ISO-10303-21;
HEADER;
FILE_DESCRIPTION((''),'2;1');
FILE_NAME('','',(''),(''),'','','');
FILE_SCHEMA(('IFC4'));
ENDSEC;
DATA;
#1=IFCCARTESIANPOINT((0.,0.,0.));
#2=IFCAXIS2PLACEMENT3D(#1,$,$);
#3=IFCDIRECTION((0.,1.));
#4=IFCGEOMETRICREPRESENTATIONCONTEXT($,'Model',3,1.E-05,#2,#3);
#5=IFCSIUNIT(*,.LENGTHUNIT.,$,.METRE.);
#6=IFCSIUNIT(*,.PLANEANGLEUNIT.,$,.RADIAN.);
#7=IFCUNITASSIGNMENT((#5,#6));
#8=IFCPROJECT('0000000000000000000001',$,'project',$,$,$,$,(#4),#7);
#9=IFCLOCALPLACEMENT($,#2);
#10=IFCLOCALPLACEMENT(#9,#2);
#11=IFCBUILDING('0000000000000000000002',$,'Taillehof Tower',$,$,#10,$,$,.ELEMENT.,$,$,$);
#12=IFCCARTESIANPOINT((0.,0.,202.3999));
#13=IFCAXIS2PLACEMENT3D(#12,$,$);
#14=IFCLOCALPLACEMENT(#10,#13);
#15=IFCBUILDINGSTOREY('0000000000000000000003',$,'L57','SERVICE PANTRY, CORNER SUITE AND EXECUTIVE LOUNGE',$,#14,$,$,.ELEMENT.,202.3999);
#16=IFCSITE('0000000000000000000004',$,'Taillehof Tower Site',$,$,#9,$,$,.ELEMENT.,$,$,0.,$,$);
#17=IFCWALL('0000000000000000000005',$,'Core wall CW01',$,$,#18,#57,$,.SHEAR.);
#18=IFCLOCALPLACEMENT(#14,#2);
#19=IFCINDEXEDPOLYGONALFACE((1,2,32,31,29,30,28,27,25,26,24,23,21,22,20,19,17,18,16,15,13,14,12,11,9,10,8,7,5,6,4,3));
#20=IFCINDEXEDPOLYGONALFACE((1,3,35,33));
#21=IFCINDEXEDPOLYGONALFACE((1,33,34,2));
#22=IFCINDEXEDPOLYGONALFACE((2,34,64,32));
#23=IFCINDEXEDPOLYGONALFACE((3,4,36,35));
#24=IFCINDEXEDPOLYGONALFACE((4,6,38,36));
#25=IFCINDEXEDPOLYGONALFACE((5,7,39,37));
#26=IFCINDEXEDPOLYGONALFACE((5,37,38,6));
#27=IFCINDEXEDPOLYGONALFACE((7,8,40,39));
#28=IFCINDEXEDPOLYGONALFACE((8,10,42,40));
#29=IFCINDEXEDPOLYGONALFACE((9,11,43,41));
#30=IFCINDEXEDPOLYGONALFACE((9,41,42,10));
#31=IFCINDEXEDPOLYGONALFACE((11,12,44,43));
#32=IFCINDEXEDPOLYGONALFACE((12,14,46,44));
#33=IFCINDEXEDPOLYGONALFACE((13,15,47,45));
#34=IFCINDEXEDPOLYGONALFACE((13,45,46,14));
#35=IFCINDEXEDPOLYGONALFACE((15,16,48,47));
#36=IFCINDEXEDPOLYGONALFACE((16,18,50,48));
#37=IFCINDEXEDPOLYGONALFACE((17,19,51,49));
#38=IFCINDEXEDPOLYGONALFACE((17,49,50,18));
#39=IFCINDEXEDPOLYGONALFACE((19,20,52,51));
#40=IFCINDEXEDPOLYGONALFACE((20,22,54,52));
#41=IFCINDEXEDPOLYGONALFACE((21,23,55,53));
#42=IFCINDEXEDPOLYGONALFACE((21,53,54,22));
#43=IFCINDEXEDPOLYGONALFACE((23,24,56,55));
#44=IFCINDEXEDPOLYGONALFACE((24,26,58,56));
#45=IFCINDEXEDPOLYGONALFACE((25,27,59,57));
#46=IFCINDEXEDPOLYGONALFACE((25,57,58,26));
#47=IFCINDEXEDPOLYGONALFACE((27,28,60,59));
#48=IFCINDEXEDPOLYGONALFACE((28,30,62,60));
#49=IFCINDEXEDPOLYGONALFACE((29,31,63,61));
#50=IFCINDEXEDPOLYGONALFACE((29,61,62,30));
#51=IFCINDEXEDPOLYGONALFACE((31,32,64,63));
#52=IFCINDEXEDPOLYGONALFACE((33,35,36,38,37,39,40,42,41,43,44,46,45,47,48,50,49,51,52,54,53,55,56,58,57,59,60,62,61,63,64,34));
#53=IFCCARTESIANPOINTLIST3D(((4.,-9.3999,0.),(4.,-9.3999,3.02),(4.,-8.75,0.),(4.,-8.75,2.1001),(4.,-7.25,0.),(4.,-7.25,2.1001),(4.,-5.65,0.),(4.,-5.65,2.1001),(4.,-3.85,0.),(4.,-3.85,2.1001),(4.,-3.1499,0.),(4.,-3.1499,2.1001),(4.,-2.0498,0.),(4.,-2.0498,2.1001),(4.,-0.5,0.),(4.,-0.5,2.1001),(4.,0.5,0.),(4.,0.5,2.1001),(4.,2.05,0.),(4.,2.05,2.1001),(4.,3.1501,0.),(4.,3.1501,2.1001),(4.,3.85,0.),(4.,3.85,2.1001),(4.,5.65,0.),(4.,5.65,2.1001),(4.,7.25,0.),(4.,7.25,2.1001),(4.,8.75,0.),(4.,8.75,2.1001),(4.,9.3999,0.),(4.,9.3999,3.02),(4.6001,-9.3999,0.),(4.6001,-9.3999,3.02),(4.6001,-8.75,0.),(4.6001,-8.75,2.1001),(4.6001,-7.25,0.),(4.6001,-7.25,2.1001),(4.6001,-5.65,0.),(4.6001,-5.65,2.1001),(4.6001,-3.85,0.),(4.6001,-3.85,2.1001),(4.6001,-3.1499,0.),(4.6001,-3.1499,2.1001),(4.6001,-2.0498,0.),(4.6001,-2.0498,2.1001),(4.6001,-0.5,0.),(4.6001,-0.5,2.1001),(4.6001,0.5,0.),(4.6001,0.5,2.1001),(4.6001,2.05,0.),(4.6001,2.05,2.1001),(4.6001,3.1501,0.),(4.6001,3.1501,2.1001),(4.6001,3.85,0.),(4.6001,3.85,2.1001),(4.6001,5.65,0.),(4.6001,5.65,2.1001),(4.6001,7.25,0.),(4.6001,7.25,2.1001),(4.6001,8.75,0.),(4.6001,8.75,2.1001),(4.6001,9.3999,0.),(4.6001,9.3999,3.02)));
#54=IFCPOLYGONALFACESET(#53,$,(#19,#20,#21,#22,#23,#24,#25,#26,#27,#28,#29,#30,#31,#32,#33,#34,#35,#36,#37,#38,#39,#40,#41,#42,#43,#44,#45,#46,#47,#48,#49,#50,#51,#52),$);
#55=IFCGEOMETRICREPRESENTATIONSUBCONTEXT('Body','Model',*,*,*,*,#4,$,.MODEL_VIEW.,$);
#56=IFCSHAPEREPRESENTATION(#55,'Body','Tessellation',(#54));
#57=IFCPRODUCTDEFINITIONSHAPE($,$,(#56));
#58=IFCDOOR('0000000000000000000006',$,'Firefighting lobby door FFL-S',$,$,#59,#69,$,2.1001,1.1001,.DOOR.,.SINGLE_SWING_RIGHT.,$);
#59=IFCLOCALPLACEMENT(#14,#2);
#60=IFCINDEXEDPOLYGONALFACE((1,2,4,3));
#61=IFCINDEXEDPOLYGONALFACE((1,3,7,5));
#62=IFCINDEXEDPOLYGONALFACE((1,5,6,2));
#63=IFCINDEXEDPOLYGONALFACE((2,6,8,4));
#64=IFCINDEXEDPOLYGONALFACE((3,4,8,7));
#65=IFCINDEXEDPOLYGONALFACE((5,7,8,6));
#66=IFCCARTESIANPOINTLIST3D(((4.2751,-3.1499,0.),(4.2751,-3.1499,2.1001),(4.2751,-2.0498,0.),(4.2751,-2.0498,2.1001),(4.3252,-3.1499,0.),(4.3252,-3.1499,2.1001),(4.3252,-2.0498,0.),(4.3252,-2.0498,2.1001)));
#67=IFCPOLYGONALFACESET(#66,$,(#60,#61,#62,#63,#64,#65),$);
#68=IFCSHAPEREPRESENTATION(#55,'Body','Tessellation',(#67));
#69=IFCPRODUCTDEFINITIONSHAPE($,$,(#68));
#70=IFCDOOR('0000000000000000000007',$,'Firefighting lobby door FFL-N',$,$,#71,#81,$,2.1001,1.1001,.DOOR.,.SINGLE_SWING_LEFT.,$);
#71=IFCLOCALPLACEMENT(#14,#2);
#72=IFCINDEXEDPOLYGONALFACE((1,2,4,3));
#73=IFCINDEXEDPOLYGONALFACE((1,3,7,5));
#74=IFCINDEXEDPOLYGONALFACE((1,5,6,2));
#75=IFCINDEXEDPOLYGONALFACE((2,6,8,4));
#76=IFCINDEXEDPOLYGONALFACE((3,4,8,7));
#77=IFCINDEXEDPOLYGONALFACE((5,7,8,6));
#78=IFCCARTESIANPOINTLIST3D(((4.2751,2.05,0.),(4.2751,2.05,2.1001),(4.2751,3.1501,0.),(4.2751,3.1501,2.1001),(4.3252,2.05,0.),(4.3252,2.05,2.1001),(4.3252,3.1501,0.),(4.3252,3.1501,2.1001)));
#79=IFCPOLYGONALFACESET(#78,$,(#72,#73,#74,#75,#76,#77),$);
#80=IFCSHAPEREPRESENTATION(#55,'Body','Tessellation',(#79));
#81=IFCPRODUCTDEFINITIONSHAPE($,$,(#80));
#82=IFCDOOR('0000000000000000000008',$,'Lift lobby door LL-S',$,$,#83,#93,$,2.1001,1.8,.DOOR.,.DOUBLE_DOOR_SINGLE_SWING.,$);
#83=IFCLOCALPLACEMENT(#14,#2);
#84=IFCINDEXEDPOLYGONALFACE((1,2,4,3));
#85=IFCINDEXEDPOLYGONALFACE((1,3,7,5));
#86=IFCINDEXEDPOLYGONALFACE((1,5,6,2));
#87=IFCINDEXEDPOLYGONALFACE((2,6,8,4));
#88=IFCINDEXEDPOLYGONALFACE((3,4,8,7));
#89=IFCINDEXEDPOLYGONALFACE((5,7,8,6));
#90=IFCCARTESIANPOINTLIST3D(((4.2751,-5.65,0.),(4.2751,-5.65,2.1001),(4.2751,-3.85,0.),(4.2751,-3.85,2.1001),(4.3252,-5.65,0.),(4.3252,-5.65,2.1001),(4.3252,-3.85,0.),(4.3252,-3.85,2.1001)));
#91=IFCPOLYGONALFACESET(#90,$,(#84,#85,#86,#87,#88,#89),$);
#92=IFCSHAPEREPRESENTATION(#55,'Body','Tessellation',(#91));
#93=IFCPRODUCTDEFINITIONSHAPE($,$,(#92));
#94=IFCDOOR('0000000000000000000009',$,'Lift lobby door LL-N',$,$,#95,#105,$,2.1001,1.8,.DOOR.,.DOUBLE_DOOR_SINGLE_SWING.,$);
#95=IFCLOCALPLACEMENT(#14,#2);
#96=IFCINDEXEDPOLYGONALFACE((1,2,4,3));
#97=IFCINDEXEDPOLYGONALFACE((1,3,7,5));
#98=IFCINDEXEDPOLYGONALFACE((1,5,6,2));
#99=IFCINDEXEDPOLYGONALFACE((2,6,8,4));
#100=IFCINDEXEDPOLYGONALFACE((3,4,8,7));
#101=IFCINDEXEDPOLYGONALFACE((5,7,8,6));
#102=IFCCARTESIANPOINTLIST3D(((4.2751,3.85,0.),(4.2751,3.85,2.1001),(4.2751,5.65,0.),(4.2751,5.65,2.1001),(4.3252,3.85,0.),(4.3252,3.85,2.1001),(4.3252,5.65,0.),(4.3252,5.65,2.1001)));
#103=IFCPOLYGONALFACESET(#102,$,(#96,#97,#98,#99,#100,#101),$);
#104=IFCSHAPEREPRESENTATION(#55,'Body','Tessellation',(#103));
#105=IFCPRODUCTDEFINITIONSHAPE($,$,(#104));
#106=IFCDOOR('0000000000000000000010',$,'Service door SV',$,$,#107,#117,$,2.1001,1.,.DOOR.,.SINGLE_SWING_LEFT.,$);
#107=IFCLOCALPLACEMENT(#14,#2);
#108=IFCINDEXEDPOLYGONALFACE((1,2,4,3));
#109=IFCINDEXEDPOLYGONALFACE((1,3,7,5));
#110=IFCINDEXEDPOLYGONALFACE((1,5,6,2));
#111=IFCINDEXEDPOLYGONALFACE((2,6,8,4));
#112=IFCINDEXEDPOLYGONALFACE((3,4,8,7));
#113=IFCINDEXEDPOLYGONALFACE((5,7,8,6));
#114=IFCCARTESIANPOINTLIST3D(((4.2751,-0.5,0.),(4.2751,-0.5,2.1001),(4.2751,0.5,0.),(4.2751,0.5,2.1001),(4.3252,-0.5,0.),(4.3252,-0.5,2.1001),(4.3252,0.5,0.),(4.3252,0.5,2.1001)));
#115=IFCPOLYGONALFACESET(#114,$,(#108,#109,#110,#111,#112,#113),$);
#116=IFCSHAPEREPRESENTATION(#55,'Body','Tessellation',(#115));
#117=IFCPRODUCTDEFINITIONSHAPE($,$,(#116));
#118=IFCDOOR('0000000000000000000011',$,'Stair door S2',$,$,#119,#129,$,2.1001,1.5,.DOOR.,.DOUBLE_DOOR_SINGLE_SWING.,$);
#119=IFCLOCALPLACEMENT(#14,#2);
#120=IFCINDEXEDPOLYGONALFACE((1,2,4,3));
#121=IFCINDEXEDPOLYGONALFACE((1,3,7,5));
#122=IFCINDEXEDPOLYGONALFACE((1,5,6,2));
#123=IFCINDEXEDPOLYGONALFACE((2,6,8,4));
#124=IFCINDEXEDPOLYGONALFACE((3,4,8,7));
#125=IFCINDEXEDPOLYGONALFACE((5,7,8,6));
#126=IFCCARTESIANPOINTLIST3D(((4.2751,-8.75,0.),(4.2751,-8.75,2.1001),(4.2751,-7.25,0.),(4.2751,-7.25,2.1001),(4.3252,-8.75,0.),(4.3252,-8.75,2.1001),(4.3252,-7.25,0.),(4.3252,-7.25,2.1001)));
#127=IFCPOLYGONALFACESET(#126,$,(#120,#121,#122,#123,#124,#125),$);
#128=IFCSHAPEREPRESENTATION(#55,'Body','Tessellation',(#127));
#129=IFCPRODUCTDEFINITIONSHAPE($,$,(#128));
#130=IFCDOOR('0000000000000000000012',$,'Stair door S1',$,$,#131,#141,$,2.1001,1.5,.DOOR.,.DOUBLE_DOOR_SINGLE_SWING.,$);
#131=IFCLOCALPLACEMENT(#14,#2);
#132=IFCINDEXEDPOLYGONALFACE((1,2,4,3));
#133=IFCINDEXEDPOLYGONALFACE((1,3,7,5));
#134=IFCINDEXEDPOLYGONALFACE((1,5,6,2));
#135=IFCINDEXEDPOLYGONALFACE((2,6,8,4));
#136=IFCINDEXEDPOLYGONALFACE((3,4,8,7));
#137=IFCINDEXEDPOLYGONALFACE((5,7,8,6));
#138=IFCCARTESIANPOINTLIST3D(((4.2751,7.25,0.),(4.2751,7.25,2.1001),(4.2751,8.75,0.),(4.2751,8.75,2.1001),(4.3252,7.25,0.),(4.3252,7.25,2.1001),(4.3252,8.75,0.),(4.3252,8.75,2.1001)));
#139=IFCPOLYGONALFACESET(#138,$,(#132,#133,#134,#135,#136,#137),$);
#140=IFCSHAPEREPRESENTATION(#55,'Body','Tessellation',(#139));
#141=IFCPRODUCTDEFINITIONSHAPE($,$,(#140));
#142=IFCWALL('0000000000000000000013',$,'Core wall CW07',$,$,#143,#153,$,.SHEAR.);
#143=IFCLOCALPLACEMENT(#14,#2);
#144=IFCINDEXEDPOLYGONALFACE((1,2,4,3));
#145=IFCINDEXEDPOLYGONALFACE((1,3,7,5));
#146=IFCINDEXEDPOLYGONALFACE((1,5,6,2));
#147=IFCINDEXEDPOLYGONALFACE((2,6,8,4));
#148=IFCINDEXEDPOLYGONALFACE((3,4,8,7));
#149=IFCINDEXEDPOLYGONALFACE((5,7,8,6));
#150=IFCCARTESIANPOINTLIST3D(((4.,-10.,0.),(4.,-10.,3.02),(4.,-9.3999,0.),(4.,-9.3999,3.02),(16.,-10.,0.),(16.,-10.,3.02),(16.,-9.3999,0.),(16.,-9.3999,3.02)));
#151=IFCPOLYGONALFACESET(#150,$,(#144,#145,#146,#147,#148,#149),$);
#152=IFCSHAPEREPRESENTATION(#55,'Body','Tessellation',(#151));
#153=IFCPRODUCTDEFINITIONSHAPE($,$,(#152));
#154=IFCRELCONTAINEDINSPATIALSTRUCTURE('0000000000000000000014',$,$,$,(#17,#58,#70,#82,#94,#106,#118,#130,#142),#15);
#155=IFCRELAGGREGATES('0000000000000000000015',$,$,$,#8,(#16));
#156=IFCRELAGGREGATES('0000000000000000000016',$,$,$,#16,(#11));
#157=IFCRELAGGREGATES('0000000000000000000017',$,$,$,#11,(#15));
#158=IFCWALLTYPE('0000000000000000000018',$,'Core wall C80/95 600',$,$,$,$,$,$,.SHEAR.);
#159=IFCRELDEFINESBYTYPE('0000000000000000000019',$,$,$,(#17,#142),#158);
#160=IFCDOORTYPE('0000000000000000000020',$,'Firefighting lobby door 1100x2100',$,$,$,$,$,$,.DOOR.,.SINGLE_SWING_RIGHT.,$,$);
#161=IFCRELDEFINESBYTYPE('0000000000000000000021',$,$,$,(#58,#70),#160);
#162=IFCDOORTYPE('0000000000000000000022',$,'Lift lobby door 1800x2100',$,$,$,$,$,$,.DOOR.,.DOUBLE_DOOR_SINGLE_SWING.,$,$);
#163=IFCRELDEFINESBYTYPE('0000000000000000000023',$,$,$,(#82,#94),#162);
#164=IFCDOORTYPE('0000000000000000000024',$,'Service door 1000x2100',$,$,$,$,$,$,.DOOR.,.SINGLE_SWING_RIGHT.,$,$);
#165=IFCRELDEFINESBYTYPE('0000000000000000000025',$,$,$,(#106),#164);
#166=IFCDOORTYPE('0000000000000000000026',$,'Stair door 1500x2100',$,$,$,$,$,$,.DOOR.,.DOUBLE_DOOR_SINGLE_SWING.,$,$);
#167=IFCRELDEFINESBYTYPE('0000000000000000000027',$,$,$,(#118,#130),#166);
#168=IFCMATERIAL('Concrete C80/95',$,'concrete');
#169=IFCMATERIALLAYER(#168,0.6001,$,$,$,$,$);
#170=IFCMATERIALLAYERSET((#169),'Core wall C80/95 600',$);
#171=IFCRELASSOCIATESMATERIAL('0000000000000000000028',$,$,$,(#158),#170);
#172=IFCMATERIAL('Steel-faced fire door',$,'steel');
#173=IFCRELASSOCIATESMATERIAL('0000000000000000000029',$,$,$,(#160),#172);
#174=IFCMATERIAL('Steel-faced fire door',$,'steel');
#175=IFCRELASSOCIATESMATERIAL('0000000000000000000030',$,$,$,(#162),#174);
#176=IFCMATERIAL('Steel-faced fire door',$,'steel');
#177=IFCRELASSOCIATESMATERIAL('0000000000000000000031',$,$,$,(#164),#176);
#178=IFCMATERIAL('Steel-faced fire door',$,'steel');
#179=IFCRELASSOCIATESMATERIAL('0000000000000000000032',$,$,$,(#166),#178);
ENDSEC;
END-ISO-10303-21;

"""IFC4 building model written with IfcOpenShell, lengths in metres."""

from ifc_helpers import new_model, si_unit, direction, frame, frame_2d, origin, place, context, subcontext, project, spatial, rectangle, extrude, material, layer, layer_set, type_object, element, fill, save


model = new_model("IFC4")

# Units and contexts
model_context = context("Model", 3, precision=1e-05, world=origin(), true_north=direction((0.0, 1.0)))
body_context = subcontext(model_context, "Body", "Model", "MODEL_VIEW")
ifc_project = project(units=[si_unit("LENGTHUNIT", "METRE"), si_unit("PLANEANGLEUNIT", "RADIAN")], contexts=[model_context])

# Site, building, storey
site_placement = place(None, origin())
site = spatial("IfcSite", under=ifc_project, at=site_placement, Name="Taillehof Tower Site", CompositionType="ELEMENT", RefElevation=0.0)
building_placement = place(site_placement, origin())
building = spatial("IfcBuilding", under=site, at=building_placement, Name="Taillehof Tower", CompositionType="ELEMENT")
storey_placement = place(building_placement, frame((0.0, 0.0, 202.3999)))
storey = spatial("IfcBuildingStorey", under=building, at=storey_placement, Name="L57", Description="SERVICE PANTRY, CORNER SUITE AND EXECUTIVE LOUNGE", CompositionType="ELEMENT", Elevation=202.3999)

# Wall, openings, doors
ifc_material_1 = material(Name="Concrete C80/95", Category="concrete")
ifc_layer_1 = layer(ifc_material_1, 0.6001)
ifc_layer_set_1 = layer_set([ifc_layer_1], Name="Core wall C80/95 600")
wall_type_1 = type_object("IfcWallType", Name="Core wall C80/95 600", PredefinedType="SHEAR", material=ifc_layer_set_1)
wall_1_placement = place(storey_placement, frame((4.3, -9.3999, 0.0), z_axis=(0.0, 0.0, 1.0), x_axis=(0.0, 1.0, 0.0)))
wall_1 = element("IfcWall", 1, at=wall_1_placement, inside=storey, type_object=wall_type_1, Name="Core wall CW01", PredefinedType="SHEAR", context=body_context, shape_type="SweptSolid", body=[
    extrude(rectangle(XDim=18.7998, YDim=0.6001, at=frame_2d((9.3999, 0.0))), origin(), (0.0, 0.0, 1.0), 3.02),
])
opening_1_placement = place(wall_1_placement, frame((0.6499, 0.0, 0.0)))
opening_1 = element("IfcOpeningElement", 2, at=opening_1_placement, cuts=wall_1, PredefinedType="OPENING", context=body_context, shape_type="SweptSolid", body=[
    extrude(rectangle(XDim=1.5, YDim=2.1001, at=frame_2d((0.75, 1.05))), frame((0.0, 0.3101, 0.0), z_axis=(0.0, -1.0, 0.0), x_axis=(1.0, 0.0, 0.0)), (0.0, 0.0, 1.0), 0.6201),
])
opening_2_placement = place(wall_1_placement, frame((3.75, 0.0, 0.0)))
opening_2 = element("IfcOpeningElement", 3, at=opening_2_placement, cuts=wall_1, PredefinedType="OPENING", context=body_context, shape_type="SweptSolid", body=[
    extrude(rectangle(XDim=1.8, YDim=2.1001, at=frame_2d((0.8999, 1.05))), frame((0.0, 0.3101, 0.0), z_axis=(0.0, -1.0, 0.0), x_axis=(1.0, 0.0, 0.0)), (0.0, 0.0, 1.0), 0.6201),
])
opening_3_placement = place(wall_1_placement, frame((6.25, 0.0, 0.0)))
opening_3 = element("IfcOpeningElement", 4, at=opening_3_placement, cuts=wall_1, PredefinedType="OPENING", context=body_context, shape_type="SweptSolid", body=[
    extrude(rectangle(XDim=1.1001, YDim=2.1001, at=frame_2d((0.55, 1.05))), frame((0.0, 0.3101, 0.0), z_axis=(0.0, -1.0, 0.0), x_axis=(1.0, 0.0, 0.0)), (0.0, 0.0, 1.0), 0.6201),
])
opening_4_placement = place(wall_1_placement, frame((8.8999, 0.0, 0.0)))
opening_4 = element("IfcOpeningElement", 5, at=opening_4_placement, cuts=wall_1, PredefinedType="OPENING", context=body_context, shape_type="SweptSolid", body=[
    extrude(rectangle(XDim=1.0, YDim=2.1001, at=frame_2d((0.5, 1.05))), frame((0.0, 0.3101, 0.0), z_axis=(0.0, -1.0, 0.0), x_axis=(1.0, 0.0, 0.0)), (0.0, 0.0, 1.0), 0.6201),
])
opening_5_placement = place(wall_1_placement, frame((11.45, 0.0, 0.0)))
opening_5 = element("IfcOpeningElement", 6, at=opening_5_placement, cuts=wall_1, PredefinedType="OPENING", context=body_context, shape_type="SweptSolid", body=[
    extrude(rectangle(XDim=1.1001, YDim=2.1001, at=frame_2d((0.55, 1.05))), frame((0.0, 0.3101, 0.0), z_axis=(0.0, -1.0, 0.0), x_axis=(1.0, 0.0, 0.0)), (0.0, 0.0, 1.0), 0.6201),
])
opening_6_placement = place(wall_1_placement, frame((13.25, 0.0, 0.0)))
opening_6 = element("IfcOpeningElement", 7, at=opening_6_placement, cuts=wall_1, PredefinedType="OPENING", context=body_context, shape_type="SweptSolid", body=[
    extrude(rectangle(XDim=1.8, YDim=2.1001, at=frame_2d((0.8999, 1.05))), frame((0.0, 0.3101, 0.0), z_axis=(0.0, -1.0, 0.0), x_axis=(1.0, 0.0, 0.0)), (0.0, 0.0, 1.0), 0.6201),
])
opening_7_placement = place(wall_1_placement, frame((16.6499, 0.0, 0.0)))
opening_7 = element("IfcOpeningElement", 8, at=opening_7_placement, cuts=wall_1, PredefinedType="OPENING", context=body_context, shape_type="SweptSolid", body=[
    extrude(rectangle(XDim=1.5, YDim=2.1001, at=frame_2d((0.75, 1.05))), frame((0.0, 0.3101, 0.0), z_axis=(0.0, -1.0, 0.0), x_axis=(1.0, 0.0, 0.0)), (0.0, 0.0, 1.0), 0.6201),
])
ifc_material_2 = material(Name="Steel-faced fire door", Category="steel")
door_type_1 = type_object("IfcDoorType", Name="Firefighting lobby door 1100x2100", OperationType="SINGLE_SWING_RIGHT", PredefinedType="DOOR", material=ifc_material_2)
door_1_placement = place(opening_3_placement, origin())
door_1 = element("IfcDoor", 9, at=door_1_placement, inside=storey, type_object=door_type_1, Name="Firefighting lobby door FFL-S", OperationType="SINGLE_SWING_RIGHT", OverallHeight=2.1001, OverallWidth=1.1001, PredefinedType="DOOR", context=body_context, shape_type="SweptSolid", body=[
    extrude(rectangle(XDim=1.1001, YDim=2.1001, at=frame_2d((0.55, 1.05))), frame((0.0, 0.0249, 0.0), z_axis=(0.0, -1.0, 0.0), x_axis=(1.0, 0.0, 0.0)), (0.0, 0.0, 1.0), 0.05),
])
fill(opening_3, door_1)
door_2_placement = place(opening_5_placement, origin())
door_2 = element("IfcDoor", 10, at=door_2_placement, inside=storey, type_object=door_type_1, Name="Firefighting lobby door FFL-N", OperationType="SINGLE_SWING_LEFT", OverallHeight=2.1001, OverallWidth=1.1001, PredefinedType="DOOR", context=body_context, shape_type="SweptSolid", body=[
    extrude(rectangle(XDim=1.1001, YDim=2.1001, at=frame_2d((0.55, 1.05))), frame((0.0, 0.0249, 0.0), z_axis=(0.0, -1.0, 0.0), x_axis=(1.0, 0.0, 0.0)), (0.0, 0.0, 1.0), 0.05),
])
fill(opening_5, door_2)
ifc_material_3 = material(Name="Steel-faced fire door", Category="steel")
door_type_2 = type_object("IfcDoorType", Name="Lift lobby door 1800x2100", OperationType="DOUBLE_DOOR_SINGLE_SWING", PredefinedType="DOOR", material=ifc_material_3)
door_3_placement = place(opening_2_placement, origin())
door_3 = element("IfcDoor", 11, at=door_3_placement, inside=storey, type_object=door_type_2, Name="Lift lobby door LL-S", OperationType="DOUBLE_DOOR_SINGLE_SWING", OverallHeight=2.1001, OverallWidth=1.8, PredefinedType="DOOR", context=body_context, shape_type="SweptSolid", body=[
    extrude(rectangle(XDim=1.8, YDim=2.1001, at=frame_2d((0.8999, 1.05))), frame((0.0, 0.0249, 0.0), z_axis=(0.0, -1.0, 0.0), x_axis=(1.0, 0.0, 0.0)), (0.0, 0.0, 1.0), 0.05),
])
fill(opening_2, door_3)
door_4_placement = place(opening_6_placement, origin())
door_4 = element("IfcDoor", 12, at=door_4_placement, inside=storey, type_object=door_type_2, Name="Lift lobby door LL-N", OperationType="DOUBLE_DOOR_SINGLE_SWING", OverallHeight=2.1001, OverallWidth=1.8, PredefinedType="DOOR", context=body_context, shape_type="SweptSolid", body=[
    extrude(rectangle(XDim=1.8, YDim=2.1001, at=frame_2d((0.8999, 1.05))), frame((0.0, 0.0249, 0.0), z_axis=(0.0, -1.0, 0.0), x_axis=(1.0, 0.0, 0.0)), (0.0, 0.0, 1.0), 0.05),
])
fill(opening_6, door_4)
ifc_material_4 = material(Name="Steel-faced fire door", Category="steel")
door_type_3 = type_object("IfcDoorType", Name="Service door 1000x2100", OperationType="SINGLE_SWING_RIGHT", PredefinedType="DOOR", material=ifc_material_4)
door_5_placement = place(opening_4_placement, origin())
door_5 = element("IfcDoor", 13, at=door_5_placement, inside=storey, type_object=door_type_3, Name="Service door SV", OperationType="SINGLE_SWING_LEFT", OverallHeight=2.1001, OverallWidth=1.0, PredefinedType="DOOR", context=body_context, shape_type="SweptSolid", body=[
    extrude(rectangle(XDim=1.0, YDim=2.1001, at=frame_2d((0.5, 1.05))), frame((0.0, 0.0249, 0.0), z_axis=(0.0, -1.0, 0.0), x_axis=(1.0, 0.0, 0.0)), (0.0, 0.0, 1.0), 0.05),
])
fill(opening_4, door_5)
ifc_material_5 = material(Name="Steel-faced fire door", Category="steel")
door_type_4 = type_object("IfcDoorType", Name="Stair door 1500x2100", OperationType="DOUBLE_DOOR_SINGLE_SWING", PredefinedType="DOOR", material=ifc_material_5)
door_6_placement = place(opening_1_placement, origin())
door_6 = element("IfcDoor", 14, at=door_6_placement, inside=storey, type_object=door_type_4, Name="Stair door S2", OperationType="DOUBLE_DOOR_SINGLE_SWING", OverallHeight=2.1001, OverallWidth=1.5, PredefinedType="DOOR", context=body_context, shape_type="SweptSolid", body=[
    extrude(rectangle(XDim=1.5, YDim=2.1001, at=frame_2d((0.75, 1.05))), frame((0.0, 0.0249, 0.0), z_axis=(0.0, -1.0, 0.0), x_axis=(1.0, 0.0, 0.0)), (0.0, 0.0, 1.0), 0.05),
])
fill(opening_1, door_6)
door_7_placement = place(opening_7_placement, origin())
door_7 = element("IfcDoor", 15, at=door_7_placement, inside=storey, type_object=door_type_4, Name="Stair door S1", OperationType="DOUBLE_DOOR_SINGLE_SWING", OverallHeight=2.1001, OverallWidth=1.5, PredefinedType="DOOR", context=body_context, shape_type="SweptSolid", body=[
    extrude(rectangle(XDim=1.5, YDim=2.1001, at=frame_2d((0.75, 1.05))), frame((0.0, 0.0249, 0.0), z_axis=(0.0, -1.0, 0.0), x_axis=(1.0, 0.0, 0.0)), (0.0, 0.0, 1.0), 0.05),
])
fill(opening_7, door_7)

# Wall
wall_2_placement = place(storey_placement, frame((4.0, -9.7, 0.0), z_axis=(0.0, 0.0, 1.0), x_axis=(1.0, 0.0, 0.0)))
element("IfcWall", 16, at=wall_2_placement, inside=storey, type_object=wall_type_1, Name="Core wall CW07", PredefinedType="SHEAR", context=body_context, shape_type="SweptSolid", body=[
    extrude(rectangle(XDim=12.0, YDim=0.6001, at=frame_2d((6.0, 0.0))), origin(), (0.0, 0.0, 1.0), 3.02),
])

save(model, "model.ifc")
